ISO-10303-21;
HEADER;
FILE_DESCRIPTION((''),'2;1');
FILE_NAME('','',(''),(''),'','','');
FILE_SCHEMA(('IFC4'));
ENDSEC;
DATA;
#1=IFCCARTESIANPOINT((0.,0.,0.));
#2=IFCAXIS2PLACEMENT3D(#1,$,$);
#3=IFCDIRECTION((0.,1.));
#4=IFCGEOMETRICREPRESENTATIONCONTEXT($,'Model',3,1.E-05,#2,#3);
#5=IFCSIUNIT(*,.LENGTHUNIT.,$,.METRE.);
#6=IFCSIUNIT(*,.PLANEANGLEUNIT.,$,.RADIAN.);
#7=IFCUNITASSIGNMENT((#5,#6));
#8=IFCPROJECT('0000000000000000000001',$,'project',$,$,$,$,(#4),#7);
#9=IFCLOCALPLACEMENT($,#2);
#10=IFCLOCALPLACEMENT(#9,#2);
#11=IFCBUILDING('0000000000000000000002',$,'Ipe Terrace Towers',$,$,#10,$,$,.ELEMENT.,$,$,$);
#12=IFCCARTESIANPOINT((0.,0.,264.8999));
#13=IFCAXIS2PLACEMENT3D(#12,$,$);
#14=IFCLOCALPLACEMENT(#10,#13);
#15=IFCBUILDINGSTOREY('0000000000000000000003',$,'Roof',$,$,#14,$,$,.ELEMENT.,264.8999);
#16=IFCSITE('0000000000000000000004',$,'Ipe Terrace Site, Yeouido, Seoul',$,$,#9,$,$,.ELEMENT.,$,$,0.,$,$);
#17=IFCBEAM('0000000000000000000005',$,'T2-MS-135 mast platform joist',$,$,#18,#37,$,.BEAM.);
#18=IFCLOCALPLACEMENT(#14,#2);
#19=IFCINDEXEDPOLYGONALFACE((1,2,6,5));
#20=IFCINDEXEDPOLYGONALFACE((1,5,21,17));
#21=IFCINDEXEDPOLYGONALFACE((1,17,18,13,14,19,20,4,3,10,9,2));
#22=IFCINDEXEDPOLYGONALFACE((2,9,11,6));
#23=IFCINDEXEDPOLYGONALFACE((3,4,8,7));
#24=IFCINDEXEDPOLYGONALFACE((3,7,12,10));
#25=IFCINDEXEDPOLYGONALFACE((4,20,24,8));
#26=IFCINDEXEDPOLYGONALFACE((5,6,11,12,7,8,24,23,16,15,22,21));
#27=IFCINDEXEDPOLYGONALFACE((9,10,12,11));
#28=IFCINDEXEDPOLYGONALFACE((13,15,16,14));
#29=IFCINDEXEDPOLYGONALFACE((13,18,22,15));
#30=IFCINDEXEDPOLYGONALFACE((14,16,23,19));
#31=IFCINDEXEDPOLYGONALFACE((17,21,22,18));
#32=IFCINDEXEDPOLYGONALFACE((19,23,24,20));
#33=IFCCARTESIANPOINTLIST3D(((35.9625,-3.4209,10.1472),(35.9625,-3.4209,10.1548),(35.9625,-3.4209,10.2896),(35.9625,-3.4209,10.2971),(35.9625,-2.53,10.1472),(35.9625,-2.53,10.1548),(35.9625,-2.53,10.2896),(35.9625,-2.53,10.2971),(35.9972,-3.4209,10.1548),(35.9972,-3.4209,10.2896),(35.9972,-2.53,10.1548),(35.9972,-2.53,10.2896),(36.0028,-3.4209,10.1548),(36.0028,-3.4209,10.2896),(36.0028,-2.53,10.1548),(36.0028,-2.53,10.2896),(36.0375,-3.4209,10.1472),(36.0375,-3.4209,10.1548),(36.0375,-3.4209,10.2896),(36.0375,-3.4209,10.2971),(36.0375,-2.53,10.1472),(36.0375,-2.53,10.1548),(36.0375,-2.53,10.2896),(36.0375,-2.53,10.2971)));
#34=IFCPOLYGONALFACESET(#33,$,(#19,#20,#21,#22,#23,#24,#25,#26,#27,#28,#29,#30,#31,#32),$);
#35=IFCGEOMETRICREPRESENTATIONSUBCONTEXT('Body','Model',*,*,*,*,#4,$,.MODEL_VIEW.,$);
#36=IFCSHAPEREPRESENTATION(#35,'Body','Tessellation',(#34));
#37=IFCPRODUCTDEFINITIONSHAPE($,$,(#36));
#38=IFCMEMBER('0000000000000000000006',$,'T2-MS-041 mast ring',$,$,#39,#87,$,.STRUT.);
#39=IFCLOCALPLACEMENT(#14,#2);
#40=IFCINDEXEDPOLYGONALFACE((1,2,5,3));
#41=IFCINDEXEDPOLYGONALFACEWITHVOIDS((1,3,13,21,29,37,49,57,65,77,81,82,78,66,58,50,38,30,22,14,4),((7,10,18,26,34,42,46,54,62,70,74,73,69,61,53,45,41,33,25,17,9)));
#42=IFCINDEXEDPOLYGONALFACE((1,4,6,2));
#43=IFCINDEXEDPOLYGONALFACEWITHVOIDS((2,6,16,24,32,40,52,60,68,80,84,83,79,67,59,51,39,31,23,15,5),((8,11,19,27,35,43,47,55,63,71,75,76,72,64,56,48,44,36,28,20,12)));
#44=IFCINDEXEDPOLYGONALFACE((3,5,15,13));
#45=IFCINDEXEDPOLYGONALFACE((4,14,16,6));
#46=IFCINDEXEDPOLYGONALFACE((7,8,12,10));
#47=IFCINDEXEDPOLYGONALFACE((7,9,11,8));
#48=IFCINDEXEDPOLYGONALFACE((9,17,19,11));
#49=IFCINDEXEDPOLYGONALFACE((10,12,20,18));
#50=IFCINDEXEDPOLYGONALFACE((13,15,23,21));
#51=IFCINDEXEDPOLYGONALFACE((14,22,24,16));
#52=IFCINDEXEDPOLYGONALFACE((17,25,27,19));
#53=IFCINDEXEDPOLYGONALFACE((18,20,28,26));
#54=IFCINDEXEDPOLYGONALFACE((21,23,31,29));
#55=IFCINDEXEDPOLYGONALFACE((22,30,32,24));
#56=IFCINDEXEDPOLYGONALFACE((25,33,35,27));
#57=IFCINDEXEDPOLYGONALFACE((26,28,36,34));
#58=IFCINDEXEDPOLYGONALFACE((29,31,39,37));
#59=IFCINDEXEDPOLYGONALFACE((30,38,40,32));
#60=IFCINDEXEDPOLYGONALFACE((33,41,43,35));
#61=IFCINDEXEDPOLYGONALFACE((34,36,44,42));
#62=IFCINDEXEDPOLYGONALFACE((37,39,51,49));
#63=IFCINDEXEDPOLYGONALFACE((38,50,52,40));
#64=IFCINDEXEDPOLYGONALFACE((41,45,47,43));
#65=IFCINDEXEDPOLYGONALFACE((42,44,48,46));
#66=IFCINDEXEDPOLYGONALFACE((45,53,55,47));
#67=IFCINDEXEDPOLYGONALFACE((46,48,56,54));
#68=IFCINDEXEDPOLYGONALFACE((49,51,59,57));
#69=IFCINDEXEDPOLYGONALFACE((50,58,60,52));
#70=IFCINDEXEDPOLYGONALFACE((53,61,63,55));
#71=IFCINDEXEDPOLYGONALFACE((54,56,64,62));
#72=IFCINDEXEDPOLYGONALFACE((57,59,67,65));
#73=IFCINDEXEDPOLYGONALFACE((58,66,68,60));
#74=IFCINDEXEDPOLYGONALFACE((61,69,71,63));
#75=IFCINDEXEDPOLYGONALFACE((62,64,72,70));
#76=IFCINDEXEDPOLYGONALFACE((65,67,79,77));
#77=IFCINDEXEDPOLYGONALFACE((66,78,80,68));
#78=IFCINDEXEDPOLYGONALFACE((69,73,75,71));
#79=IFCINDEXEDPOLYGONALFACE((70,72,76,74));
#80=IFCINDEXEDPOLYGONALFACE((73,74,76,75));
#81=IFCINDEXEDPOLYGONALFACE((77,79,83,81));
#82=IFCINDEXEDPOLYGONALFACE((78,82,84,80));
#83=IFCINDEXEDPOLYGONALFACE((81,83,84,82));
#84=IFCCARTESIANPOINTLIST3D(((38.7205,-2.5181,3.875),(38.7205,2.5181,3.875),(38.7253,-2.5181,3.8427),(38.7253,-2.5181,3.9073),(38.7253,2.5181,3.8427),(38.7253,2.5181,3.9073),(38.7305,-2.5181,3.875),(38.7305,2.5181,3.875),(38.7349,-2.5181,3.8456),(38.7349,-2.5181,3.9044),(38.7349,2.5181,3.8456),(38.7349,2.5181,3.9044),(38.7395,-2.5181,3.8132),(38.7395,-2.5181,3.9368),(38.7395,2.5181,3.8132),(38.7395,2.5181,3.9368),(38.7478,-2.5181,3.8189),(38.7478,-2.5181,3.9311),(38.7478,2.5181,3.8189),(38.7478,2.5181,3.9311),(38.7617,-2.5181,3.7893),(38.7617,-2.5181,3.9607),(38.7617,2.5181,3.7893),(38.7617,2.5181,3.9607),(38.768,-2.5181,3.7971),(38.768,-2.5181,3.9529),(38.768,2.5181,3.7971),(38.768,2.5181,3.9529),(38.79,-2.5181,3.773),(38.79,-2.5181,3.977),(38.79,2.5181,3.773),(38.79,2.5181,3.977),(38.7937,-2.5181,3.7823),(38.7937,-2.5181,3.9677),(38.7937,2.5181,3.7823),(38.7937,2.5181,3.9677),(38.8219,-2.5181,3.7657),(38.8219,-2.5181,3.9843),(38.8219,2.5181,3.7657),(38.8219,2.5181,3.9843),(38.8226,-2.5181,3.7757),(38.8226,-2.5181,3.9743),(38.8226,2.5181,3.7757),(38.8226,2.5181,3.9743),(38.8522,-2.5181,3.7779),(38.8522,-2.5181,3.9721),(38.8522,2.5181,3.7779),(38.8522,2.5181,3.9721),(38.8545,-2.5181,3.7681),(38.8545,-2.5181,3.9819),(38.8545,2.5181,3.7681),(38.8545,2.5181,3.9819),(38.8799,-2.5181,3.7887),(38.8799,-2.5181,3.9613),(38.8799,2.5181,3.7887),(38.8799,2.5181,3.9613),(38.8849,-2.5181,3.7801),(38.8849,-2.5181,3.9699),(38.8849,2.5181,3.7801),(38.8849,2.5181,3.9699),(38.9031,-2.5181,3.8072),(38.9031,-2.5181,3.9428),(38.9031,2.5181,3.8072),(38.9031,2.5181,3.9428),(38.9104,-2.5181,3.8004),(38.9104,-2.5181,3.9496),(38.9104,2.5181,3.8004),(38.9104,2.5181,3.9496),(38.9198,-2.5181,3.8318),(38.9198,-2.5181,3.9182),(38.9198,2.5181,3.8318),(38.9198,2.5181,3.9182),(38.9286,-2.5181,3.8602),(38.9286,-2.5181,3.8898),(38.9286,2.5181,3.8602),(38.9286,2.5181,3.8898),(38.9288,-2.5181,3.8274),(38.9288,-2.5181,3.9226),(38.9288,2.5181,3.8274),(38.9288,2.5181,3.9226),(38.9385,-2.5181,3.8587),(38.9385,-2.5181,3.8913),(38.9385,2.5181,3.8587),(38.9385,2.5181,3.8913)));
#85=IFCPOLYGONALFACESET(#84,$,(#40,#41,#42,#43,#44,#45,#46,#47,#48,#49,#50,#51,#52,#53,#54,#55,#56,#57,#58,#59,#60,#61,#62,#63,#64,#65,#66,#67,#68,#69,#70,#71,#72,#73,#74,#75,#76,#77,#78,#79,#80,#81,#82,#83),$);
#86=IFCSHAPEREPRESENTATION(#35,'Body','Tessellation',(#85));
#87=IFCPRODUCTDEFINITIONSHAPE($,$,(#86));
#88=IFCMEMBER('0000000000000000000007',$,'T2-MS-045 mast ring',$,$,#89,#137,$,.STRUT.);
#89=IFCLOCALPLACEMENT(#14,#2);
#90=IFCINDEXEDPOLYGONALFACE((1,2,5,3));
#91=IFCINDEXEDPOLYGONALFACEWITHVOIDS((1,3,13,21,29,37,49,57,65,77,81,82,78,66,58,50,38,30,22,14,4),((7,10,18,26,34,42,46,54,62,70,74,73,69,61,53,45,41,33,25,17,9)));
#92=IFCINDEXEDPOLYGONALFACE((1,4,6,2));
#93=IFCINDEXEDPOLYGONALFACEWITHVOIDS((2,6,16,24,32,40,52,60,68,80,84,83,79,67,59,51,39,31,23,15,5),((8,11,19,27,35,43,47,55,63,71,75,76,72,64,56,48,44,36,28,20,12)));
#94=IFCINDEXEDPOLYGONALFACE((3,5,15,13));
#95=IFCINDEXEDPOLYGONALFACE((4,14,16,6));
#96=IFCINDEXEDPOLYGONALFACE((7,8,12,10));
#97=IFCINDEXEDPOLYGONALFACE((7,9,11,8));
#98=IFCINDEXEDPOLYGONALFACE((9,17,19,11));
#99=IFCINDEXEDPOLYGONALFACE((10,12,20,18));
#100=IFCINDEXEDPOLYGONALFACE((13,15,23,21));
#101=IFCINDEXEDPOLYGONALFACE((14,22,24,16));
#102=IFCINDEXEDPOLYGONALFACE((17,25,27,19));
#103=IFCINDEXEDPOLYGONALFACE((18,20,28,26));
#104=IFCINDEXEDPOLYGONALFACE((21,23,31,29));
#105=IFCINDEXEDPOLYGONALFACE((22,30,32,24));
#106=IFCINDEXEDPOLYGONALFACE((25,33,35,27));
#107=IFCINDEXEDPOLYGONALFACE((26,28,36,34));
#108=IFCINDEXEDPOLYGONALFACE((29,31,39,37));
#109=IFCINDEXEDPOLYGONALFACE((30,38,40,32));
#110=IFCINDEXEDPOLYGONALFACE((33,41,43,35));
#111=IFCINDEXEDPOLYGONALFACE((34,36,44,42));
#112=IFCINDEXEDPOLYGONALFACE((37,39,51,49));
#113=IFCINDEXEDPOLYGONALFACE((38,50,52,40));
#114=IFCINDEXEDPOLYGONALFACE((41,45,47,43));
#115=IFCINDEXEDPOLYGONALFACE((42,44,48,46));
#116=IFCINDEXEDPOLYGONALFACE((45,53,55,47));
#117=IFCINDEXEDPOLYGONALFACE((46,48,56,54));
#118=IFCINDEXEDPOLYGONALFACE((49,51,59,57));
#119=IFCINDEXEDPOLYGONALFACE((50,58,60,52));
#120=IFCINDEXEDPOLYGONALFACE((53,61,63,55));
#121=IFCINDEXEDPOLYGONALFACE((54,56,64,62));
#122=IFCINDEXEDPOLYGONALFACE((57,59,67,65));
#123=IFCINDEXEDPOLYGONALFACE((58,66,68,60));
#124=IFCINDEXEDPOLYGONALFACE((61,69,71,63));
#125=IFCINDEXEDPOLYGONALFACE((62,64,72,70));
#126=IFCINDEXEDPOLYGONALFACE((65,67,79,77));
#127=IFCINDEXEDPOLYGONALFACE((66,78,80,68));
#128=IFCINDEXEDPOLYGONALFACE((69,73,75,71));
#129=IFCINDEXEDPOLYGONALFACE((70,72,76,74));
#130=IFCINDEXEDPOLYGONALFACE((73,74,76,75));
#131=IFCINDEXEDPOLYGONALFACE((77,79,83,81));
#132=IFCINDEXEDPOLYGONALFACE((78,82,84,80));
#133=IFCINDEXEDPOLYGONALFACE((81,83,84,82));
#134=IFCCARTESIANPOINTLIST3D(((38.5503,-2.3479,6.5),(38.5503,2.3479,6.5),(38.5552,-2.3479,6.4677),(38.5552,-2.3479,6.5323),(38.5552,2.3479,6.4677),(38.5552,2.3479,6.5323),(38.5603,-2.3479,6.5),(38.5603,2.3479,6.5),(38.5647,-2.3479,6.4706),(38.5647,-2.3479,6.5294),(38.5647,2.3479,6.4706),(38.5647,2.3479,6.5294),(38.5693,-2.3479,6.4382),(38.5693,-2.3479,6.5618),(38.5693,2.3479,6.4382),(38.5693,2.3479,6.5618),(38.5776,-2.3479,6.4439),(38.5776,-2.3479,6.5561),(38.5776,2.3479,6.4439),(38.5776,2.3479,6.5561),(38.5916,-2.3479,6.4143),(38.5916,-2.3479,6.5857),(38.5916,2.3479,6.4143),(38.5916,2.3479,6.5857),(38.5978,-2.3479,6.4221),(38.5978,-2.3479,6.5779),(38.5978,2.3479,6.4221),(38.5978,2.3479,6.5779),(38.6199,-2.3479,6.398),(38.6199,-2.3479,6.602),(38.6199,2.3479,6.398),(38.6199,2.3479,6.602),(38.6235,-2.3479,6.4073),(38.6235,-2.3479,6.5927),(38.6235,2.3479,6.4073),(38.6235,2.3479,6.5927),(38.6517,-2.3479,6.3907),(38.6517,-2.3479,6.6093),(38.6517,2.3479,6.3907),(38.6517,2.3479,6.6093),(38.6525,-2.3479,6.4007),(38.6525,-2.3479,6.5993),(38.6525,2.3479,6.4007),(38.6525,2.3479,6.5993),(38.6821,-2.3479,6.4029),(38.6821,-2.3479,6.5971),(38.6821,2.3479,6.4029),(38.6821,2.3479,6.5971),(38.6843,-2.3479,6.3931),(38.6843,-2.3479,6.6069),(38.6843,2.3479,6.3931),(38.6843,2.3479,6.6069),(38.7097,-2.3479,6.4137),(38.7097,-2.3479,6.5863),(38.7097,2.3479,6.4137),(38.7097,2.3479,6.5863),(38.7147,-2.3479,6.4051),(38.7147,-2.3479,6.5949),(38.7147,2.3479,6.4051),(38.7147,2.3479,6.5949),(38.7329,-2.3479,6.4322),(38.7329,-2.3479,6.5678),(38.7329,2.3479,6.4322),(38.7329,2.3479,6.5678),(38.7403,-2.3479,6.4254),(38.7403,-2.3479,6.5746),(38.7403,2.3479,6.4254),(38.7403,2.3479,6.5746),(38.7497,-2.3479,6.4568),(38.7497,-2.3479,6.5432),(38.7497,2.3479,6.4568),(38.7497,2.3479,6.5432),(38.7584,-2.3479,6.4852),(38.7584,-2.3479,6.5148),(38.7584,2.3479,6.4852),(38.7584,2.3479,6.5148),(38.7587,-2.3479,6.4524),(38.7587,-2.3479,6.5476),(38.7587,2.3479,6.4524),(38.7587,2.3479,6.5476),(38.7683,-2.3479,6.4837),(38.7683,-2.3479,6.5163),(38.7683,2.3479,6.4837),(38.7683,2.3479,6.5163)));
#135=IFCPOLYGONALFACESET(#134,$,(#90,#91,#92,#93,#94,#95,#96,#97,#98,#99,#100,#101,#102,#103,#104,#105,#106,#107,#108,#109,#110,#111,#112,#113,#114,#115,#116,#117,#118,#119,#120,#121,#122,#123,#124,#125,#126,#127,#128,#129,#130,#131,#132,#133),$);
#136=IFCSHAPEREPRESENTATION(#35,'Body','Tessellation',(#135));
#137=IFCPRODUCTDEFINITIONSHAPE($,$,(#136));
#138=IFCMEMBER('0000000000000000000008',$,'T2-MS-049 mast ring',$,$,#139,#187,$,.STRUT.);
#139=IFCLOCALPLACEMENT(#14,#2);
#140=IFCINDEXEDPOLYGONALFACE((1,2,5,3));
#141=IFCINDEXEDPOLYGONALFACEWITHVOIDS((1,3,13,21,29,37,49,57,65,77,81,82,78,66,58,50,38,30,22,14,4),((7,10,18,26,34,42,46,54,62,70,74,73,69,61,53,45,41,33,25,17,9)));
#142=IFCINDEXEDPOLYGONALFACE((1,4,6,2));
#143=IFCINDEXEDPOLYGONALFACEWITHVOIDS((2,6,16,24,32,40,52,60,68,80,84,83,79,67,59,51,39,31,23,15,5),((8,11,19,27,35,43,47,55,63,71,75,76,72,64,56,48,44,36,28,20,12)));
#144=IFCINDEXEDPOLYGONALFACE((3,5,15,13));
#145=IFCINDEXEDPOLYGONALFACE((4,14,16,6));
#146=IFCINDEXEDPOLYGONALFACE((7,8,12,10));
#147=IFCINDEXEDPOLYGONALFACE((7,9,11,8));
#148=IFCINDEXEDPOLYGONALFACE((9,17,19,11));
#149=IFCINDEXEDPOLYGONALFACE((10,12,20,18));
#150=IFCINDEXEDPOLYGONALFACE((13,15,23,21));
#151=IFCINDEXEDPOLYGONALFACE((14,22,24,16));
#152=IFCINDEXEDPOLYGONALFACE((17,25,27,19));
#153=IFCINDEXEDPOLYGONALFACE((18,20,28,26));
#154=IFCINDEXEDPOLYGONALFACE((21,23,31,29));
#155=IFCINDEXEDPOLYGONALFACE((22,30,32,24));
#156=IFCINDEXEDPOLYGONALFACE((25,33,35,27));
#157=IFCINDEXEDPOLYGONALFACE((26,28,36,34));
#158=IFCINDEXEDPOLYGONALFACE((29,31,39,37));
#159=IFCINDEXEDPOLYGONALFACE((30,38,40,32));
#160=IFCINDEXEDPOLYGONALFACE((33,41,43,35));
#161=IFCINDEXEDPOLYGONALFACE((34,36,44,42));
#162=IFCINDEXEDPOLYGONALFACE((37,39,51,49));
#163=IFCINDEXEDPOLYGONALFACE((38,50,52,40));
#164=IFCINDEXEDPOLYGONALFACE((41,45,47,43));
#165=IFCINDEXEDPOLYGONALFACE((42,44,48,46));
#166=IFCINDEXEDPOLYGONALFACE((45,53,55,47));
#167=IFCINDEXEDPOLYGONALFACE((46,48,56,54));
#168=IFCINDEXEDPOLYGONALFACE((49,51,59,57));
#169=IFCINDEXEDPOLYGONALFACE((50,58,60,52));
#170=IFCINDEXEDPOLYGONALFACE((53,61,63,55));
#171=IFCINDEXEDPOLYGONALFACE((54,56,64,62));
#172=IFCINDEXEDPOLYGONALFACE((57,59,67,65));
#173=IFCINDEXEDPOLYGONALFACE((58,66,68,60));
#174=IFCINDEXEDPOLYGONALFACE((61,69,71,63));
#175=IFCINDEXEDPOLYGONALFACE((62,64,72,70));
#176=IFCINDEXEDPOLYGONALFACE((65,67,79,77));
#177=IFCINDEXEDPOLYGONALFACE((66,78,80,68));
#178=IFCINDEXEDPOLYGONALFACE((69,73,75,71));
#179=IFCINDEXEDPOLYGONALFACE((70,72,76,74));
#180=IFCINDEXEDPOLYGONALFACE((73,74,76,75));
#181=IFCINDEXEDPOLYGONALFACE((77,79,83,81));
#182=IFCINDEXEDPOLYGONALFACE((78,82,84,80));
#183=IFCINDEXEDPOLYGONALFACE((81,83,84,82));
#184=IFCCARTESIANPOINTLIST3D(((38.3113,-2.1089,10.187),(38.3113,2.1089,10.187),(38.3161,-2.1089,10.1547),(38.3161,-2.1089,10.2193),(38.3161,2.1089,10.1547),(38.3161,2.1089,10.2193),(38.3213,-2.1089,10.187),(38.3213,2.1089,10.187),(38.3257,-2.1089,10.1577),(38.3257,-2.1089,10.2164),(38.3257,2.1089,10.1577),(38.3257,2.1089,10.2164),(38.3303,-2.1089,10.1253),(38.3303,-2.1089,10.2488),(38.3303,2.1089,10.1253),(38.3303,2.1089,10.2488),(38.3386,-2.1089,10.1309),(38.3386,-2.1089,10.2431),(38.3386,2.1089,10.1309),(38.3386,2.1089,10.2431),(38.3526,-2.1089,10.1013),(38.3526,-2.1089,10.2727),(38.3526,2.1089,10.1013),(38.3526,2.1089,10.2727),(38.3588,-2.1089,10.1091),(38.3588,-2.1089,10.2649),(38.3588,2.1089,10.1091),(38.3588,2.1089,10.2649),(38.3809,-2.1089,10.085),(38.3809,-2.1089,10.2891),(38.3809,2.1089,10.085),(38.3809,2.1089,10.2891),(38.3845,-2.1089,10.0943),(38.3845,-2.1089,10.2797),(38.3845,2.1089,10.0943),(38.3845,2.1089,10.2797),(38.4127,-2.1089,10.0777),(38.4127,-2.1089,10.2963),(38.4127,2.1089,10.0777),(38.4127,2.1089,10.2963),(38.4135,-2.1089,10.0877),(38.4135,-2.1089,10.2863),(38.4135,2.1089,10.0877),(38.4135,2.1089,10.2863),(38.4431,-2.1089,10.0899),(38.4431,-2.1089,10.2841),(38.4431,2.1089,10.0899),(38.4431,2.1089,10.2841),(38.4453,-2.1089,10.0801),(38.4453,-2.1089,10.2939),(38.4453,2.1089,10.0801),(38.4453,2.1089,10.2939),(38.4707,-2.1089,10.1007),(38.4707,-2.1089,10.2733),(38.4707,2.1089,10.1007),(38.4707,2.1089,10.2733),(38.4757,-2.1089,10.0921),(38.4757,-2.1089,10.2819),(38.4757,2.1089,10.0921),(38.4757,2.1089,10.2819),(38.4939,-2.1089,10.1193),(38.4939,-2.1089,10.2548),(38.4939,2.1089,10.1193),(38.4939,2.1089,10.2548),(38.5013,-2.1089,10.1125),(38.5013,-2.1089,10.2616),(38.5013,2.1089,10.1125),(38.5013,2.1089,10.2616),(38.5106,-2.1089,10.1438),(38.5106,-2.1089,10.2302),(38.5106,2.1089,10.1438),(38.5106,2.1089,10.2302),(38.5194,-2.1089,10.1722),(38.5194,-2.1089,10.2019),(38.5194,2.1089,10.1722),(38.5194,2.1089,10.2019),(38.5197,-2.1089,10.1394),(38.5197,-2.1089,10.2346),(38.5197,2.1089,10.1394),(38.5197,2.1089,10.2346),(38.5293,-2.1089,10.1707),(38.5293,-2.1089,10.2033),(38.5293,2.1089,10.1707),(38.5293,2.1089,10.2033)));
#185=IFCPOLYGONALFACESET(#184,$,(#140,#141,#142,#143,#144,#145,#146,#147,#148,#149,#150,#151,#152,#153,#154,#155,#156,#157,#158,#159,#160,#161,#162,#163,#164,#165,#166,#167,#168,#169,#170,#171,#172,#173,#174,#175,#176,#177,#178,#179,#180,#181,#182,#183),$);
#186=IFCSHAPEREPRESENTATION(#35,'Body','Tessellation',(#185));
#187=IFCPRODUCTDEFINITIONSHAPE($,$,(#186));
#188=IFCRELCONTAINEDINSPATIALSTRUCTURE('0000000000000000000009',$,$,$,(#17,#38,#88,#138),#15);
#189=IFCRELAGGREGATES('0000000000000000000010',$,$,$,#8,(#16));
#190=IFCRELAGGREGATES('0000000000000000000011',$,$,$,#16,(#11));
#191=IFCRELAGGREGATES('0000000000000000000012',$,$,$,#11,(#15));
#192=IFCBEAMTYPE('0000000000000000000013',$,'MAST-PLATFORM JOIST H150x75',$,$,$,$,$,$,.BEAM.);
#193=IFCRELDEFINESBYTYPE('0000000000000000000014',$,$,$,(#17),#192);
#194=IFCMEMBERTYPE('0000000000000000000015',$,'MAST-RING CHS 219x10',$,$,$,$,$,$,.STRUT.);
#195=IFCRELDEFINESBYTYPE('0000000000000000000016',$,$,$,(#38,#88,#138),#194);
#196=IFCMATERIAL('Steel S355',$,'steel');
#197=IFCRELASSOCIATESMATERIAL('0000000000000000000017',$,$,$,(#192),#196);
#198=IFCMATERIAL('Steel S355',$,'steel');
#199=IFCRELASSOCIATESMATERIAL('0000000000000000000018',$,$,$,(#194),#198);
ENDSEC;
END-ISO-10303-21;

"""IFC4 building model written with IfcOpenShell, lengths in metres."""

from ifc_helpers import new_model, si_unit, direction, frame, origin, origin_2d, place, context, subcontext, project, spatial, hollow_circle, i_section, extrude, material, material_profile, profile_set, type_object, element, save


model = new_model("IFC4")

# Units and contexts
model_context = context("Model", 3, precision=1e-05, world=origin(), true_north=direction((0.0, 1.0)))
body_context = subcontext(model_context, "Body", "Model", "MODEL_VIEW")
ifc_project = project(units=[si_unit("LENGTHUNIT", "METRE"), si_unit("PLANEANGLEUNIT", "RADIAN")], contexts=[model_context])

# Site, building, storey
site_placement = place(None, origin())
site = spatial("IfcSite", under=ifc_project, at=site_placement, Name="Ipe Terrace Site, Yeouido, Seoul", CompositionType="ELEMENT", RefElevation=0.0)
building_placement = place(site_placement, origin())
building = spatial("IfcBuilding", under=site, at=building_placement, Name="Ipe Terrace Towers", CompositionType="ELEMENT")
storey_placement = place(building_placement, frame((0.0, 0.0, 264.8999)))
storey = spatial("IfcBuildingStorey", under=building, at=storey_placement, Name="Roof", CompositionType="ELEMENT", Elevation=264.8999)

# Beam
ifc_material_1 = material(Name="Steel S355", Category="steel")
ifc_material_profile_1 = material_profile(ifc_material_1, i_section(OverallWidth=0.075, OverallDepth=0.1499, WebThickness=0.0056, FlangeThickness=0.0076, at=origin_2d()), Name="H150x75")
ifc_profile_set_1 = profile_set([ifc_material_profile_1], Name="Steel S355")
beam_type_1 = type_object("IfcBeamType", Name="MAST-PLATFORM JOIST H150x75", PredefinedType="BEAM", material=ifc_profile_set_1)
beam_1_placement = place(storey_placement, frame((36.0, -2.53, 10.2222), z_axis=(0.0, -1.0, 0.0), x_axis=(1.0, 0.0, 0.0)))
element("IfcBeam", 1, at=beam_1_placement, inside=storey, type_object=beam_type_1, Name="T2-MS-135 mast platform joist", PredefinedType="BEAM", context=body_context, shape_type="SweptSolid", body=[
    extrude(i_section(OverallWidth=0.075, OverallDepth=0.1499, WebThickness=0.0056, FlangeThickness=0.0076, at=origin_2d()), origin(), (0.0, 0.0, 1.0), 0.8909),
])

# Members
ifc_material_2 = material(Name="Steel S355", Category="steel")
ifc_material_profile_2 = material_profile(ifc_material_2, hollow_circle(Radius=0.1096, WallThickness=0.01, at=origin_2d()), Name="MAST-RING CHS 219x10")
ifc_profile_set_2 = profile_set([ifc_material_profile_2], Name="Steel S355")
member_type_1 = type_object("IfcMemberType", Name="MAST-RING CHS 219x10", PredefinedType="STRUT", material=ifc_profile_set_2)
member_1_placement = place(storey_placement, frame((38.8301, -2.5181, 3.875), z_axis=(0.0, 1.0, 0.0), x_axis=(-1.0, 0.0, 0.0)))
element("IfcMember", 2, at=member_1_placement, inside=storey, type_object=member_type_1, Name="T2-MS-041 mast ring", PredefinedType="STRUT", context=body_context, shape_type="SweptSolid", body=[
    extrude(hollow_circle(Radius=0.1096, WallThickness=0.01, at=origin_2d()), origin(), (0.0, 0.0, 1.0), 5.0361),
])
member_2_placement = place(storey_placement, frame((38.6599, -2.3479, 6.5), z_axis=(0.0, 1.0, 0.0), x_axis=(-1.0, 0.0, 0.0)))
element("IfcMember", 3, at=member_2_placement, inside=storey, type_object=member_type_1, Name="T2-MS-045 mast ring", PredefinedType="STRUT", context=body_context, shape_type="SweptSolid", body=[
    extrude(hollow_circle(Radius=0.1096, WallThickness=0.01, at=origin_2d()), origin(), (0.0, 0.0, 1.0), 4.6958),
])
member_3_placement = place(storey_placement, frame((38.4209, -2.1089, 10.187), z_axis=(0.0, 1.0, 0.0), x_axis=(-1.0, 0.0, 0.0)))
element("IfcMember", 4, at=member_3_placement, inside=storey, type_object=member_type_1, Name="T2-MS-049 mast ring", PredefinedType="STRUT", context=body_context, shape_type="SweptSolid", body=[
    extrude(hollow_circle(Radius=0.1096, WallThickness=0.01, at=origin_2d()), origin(), (0.0, 0.0, 1.0), 4.2178),
])

save(model, "model.ifc")
